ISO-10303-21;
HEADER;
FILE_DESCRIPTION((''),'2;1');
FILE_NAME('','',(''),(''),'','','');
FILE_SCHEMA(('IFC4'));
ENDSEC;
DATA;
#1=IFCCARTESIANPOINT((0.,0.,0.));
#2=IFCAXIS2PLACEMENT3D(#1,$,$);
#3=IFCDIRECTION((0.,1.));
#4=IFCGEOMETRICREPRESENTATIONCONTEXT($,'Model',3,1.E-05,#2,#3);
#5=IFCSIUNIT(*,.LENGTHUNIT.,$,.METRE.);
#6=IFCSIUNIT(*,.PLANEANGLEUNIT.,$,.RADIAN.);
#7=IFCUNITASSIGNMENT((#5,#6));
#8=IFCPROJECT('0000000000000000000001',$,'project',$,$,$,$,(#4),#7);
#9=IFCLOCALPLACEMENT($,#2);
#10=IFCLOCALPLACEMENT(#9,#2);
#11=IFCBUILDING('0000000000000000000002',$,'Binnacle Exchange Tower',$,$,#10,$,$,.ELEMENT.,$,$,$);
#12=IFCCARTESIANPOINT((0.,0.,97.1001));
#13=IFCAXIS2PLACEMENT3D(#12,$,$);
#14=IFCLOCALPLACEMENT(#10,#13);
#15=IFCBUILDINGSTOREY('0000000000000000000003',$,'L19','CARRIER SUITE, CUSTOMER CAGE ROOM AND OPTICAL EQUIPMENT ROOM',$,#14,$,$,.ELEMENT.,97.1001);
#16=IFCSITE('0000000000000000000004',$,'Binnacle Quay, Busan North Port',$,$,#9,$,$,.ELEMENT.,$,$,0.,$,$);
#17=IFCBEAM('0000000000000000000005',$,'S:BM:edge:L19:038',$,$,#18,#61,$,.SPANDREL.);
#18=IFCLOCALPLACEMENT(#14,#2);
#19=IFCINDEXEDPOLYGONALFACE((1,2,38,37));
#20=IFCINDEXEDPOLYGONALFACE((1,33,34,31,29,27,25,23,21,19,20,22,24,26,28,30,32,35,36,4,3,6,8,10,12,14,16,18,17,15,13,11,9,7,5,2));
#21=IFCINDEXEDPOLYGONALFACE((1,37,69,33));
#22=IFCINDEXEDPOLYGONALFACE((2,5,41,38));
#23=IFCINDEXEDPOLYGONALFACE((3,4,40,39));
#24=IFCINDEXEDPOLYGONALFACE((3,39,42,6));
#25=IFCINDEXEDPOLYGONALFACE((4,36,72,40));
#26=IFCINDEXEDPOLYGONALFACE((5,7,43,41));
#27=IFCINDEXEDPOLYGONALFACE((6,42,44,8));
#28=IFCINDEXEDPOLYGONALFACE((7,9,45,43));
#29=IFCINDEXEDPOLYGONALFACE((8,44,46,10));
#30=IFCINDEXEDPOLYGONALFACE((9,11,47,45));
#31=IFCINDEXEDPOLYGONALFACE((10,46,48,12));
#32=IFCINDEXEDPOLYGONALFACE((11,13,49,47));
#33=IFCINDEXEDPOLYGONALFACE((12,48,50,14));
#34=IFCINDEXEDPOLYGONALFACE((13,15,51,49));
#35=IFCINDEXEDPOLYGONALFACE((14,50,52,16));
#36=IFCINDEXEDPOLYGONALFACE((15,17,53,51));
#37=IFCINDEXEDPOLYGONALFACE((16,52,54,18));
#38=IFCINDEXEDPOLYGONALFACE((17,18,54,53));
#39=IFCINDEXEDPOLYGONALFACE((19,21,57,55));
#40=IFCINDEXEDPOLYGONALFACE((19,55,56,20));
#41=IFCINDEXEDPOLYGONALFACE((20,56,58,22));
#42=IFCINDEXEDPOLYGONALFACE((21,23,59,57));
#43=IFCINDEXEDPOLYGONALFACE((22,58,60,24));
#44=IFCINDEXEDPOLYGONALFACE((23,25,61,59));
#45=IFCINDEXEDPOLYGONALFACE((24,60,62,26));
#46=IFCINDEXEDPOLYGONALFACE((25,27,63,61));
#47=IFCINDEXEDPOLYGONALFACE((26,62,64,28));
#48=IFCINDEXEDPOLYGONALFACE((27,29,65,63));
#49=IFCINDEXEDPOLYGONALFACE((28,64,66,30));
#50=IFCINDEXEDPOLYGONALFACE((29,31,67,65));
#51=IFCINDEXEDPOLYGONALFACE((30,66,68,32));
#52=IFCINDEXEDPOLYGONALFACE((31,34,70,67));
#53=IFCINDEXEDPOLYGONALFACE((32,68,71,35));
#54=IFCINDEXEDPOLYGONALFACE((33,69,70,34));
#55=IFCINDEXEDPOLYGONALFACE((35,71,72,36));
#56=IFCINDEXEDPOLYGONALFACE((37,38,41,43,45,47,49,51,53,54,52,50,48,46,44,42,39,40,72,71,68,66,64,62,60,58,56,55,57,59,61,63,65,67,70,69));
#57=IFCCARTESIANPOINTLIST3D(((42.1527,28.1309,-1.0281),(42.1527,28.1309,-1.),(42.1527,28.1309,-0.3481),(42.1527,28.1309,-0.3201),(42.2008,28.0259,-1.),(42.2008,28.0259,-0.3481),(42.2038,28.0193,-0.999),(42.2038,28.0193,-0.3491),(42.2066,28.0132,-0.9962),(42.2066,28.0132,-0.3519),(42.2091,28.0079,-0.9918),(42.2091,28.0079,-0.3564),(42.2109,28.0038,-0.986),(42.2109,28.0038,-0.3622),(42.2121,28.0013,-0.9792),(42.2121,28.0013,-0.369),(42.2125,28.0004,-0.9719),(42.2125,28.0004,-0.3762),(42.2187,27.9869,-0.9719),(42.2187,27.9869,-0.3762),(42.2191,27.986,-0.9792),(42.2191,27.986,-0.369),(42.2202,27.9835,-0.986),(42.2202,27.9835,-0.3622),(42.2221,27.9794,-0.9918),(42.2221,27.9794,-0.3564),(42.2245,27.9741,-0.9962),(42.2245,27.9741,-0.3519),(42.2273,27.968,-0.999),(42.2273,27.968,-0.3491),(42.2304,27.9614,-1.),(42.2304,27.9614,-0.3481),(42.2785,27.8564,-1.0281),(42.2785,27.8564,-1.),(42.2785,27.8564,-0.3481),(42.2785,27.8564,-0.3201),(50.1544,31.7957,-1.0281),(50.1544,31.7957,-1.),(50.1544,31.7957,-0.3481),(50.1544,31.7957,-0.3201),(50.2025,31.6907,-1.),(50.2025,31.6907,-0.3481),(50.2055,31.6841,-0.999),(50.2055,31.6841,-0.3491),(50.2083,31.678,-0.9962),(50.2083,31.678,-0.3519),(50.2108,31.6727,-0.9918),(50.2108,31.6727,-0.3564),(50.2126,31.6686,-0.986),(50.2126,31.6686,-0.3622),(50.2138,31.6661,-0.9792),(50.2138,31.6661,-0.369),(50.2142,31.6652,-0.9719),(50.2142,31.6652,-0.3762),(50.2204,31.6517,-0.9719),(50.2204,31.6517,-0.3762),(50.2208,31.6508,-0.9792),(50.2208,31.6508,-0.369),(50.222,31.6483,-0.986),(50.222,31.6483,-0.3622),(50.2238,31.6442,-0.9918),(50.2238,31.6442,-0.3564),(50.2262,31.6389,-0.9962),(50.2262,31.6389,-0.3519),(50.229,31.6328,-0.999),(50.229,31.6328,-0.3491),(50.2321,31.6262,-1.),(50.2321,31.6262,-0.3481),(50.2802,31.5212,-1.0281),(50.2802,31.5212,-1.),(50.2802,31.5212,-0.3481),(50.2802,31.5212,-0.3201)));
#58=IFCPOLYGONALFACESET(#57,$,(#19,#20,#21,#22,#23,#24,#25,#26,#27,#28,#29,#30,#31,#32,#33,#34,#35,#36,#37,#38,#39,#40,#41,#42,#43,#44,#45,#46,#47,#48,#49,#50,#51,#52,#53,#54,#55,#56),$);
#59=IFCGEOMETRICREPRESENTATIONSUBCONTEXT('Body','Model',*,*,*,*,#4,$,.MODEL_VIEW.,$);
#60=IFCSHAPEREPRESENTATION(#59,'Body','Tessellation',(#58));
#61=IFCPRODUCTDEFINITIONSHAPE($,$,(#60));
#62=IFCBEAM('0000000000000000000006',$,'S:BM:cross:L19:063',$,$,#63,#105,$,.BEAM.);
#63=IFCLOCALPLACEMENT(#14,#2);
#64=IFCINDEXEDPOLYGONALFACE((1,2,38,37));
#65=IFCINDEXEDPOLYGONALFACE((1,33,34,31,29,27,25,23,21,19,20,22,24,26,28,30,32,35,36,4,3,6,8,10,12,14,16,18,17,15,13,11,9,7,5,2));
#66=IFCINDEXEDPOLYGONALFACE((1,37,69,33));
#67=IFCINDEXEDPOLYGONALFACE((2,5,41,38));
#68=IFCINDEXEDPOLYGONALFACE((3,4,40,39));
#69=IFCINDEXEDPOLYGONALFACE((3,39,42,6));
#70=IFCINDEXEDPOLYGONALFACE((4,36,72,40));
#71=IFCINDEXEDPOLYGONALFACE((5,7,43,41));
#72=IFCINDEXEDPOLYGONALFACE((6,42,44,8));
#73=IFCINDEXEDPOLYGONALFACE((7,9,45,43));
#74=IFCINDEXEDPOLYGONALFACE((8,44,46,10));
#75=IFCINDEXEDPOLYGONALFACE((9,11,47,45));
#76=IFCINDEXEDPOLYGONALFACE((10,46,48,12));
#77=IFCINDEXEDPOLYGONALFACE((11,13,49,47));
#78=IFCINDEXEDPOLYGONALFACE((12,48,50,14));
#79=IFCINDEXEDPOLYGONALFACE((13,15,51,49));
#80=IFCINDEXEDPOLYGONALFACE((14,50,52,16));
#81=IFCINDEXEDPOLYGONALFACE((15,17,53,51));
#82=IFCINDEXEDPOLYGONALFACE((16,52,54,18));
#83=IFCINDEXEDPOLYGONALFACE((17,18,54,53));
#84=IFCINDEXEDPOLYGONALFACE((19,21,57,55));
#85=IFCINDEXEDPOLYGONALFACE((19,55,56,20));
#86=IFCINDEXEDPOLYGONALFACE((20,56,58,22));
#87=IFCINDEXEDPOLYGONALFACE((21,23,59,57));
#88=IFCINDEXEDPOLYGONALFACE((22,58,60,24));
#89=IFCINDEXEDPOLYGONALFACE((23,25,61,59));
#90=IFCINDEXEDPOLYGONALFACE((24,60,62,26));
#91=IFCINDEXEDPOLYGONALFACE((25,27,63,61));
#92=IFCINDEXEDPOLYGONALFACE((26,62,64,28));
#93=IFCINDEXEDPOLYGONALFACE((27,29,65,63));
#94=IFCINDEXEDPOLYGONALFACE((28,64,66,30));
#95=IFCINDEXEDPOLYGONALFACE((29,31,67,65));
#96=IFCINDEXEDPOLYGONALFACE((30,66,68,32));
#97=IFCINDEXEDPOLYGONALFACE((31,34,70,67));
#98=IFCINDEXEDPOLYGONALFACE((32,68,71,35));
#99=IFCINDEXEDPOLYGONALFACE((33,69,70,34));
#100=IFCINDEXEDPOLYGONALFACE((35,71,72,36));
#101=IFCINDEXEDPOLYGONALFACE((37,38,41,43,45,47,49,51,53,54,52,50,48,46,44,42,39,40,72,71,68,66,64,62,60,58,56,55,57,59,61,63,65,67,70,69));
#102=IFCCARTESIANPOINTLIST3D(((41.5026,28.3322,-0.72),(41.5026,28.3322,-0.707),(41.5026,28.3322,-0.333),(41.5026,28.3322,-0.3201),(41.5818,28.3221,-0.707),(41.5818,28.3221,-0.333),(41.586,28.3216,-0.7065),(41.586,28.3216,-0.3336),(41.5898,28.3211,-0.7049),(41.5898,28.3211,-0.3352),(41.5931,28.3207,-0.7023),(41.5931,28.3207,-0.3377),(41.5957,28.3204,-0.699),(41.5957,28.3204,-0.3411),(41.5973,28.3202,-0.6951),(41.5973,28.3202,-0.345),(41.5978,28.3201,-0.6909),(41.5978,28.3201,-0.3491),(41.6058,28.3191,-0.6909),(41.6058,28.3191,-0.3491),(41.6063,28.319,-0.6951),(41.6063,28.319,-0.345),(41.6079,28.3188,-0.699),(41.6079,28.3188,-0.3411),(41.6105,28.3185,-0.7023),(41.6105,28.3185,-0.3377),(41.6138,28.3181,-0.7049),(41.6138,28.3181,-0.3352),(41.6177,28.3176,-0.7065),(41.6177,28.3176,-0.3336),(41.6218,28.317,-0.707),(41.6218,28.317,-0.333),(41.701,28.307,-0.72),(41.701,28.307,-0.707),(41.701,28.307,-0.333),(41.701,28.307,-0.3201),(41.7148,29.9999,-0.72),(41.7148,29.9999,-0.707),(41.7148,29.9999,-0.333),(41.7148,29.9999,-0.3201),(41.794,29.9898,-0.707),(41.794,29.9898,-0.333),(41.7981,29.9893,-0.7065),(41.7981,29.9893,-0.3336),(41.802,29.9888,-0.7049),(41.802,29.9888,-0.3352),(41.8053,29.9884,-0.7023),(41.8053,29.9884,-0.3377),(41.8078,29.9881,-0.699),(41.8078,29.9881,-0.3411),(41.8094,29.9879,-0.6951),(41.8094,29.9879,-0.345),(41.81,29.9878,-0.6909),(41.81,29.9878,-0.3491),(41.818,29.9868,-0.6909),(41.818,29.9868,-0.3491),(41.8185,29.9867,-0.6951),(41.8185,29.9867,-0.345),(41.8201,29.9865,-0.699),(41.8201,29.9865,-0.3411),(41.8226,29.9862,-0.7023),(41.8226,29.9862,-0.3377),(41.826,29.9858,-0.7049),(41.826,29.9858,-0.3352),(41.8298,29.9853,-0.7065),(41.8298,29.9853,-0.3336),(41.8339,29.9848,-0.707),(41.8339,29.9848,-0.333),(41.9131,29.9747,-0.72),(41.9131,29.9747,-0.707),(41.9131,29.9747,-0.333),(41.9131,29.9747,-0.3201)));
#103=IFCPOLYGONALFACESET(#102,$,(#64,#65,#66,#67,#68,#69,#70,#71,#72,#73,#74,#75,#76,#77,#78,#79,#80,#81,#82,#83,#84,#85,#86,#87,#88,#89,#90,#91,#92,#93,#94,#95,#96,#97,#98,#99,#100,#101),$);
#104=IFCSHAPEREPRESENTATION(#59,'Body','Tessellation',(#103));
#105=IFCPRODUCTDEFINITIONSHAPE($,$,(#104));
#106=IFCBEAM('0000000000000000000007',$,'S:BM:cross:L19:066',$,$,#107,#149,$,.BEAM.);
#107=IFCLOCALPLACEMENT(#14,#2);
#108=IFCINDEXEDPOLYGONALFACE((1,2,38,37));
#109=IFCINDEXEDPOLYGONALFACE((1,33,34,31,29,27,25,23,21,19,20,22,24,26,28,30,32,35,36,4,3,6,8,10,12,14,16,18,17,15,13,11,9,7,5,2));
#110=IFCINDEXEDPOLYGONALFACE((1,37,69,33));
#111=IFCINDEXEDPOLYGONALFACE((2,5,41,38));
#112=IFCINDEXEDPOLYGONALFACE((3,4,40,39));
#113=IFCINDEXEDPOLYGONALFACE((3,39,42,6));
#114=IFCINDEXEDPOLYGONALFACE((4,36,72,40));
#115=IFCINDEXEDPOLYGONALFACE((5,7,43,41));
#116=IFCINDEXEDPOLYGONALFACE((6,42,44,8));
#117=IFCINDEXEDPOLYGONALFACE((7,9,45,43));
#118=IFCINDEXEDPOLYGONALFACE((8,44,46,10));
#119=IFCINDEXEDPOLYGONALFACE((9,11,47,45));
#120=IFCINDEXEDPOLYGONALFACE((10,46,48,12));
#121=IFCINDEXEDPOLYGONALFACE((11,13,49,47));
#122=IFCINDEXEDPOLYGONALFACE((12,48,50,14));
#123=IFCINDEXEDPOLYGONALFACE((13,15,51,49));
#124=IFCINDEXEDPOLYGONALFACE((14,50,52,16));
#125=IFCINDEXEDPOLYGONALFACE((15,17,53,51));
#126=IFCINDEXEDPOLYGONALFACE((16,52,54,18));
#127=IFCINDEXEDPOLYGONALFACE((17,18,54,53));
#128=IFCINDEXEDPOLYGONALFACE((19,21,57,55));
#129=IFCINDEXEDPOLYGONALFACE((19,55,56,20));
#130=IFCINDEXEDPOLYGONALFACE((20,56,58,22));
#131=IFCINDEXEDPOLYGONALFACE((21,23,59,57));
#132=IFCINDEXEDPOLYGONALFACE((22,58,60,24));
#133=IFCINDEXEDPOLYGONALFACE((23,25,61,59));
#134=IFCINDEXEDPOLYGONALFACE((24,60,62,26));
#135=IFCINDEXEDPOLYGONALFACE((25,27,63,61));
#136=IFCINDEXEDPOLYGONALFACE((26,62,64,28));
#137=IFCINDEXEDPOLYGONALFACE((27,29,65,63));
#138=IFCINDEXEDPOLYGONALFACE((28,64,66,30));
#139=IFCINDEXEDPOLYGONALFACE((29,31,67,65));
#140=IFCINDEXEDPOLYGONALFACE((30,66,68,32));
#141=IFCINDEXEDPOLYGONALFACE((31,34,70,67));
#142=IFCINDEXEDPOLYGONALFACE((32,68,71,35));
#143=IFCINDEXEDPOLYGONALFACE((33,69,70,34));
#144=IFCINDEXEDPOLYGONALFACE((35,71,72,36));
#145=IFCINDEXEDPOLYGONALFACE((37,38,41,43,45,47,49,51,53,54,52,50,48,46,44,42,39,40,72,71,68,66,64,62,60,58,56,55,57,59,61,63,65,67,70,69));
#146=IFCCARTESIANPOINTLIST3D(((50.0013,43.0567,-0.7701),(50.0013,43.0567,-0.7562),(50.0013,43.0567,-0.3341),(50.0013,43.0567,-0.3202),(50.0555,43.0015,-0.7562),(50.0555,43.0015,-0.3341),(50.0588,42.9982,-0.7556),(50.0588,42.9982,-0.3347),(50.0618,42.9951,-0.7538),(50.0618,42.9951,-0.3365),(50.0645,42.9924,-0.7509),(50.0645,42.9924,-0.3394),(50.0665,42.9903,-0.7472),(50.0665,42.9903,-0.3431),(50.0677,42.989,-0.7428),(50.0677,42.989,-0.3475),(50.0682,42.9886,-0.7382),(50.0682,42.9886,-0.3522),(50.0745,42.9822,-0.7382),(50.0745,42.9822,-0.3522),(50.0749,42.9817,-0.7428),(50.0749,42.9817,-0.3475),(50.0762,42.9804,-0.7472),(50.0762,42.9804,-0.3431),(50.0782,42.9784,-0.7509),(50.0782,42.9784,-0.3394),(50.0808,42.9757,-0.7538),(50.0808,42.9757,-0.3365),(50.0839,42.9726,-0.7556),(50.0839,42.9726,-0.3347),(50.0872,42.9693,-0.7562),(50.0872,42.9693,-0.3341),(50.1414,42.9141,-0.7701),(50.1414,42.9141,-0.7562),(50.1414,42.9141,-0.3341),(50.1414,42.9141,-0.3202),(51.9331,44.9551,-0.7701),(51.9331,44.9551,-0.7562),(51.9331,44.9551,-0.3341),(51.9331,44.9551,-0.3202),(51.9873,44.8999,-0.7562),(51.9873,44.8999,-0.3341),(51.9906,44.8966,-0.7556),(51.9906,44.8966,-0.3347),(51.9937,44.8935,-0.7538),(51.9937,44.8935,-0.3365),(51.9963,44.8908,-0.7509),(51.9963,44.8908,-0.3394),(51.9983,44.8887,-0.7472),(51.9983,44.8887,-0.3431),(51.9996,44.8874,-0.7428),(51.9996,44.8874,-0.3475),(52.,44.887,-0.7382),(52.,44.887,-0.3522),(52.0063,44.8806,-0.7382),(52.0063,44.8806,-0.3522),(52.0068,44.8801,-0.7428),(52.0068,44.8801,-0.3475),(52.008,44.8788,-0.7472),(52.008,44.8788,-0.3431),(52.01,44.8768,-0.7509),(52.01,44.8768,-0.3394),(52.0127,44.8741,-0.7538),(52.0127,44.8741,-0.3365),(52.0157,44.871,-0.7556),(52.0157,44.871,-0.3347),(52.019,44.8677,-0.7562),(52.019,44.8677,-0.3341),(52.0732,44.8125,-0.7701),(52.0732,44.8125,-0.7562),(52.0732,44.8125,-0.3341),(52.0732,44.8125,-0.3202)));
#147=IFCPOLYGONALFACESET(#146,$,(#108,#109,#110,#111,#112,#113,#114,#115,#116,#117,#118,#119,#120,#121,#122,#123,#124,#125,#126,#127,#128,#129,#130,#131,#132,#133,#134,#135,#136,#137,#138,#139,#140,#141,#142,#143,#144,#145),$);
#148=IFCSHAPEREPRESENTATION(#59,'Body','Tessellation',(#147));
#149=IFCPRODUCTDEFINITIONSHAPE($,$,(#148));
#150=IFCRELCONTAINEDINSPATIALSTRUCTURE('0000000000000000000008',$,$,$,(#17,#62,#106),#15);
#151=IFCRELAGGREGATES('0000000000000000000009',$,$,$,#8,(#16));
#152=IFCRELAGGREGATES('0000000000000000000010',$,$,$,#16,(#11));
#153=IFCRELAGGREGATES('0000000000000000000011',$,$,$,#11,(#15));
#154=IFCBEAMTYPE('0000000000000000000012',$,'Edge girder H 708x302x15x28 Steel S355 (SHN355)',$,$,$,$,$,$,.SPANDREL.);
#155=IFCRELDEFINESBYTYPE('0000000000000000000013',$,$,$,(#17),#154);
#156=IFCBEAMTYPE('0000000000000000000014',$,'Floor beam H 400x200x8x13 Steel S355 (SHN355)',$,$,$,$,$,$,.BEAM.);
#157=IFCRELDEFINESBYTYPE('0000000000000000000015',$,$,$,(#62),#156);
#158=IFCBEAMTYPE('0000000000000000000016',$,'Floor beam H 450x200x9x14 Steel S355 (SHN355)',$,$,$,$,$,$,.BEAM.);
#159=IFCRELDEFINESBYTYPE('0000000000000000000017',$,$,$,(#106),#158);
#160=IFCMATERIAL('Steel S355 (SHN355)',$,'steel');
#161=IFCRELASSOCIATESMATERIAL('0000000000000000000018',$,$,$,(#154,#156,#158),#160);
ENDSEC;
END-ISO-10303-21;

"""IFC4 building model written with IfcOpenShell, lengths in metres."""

from ifc_helpers import new_model, si_unit, direction, frame, origin, origin_2d, place, context, subcontext, project, spatial, i_section, extrude, material, material_profile, profile_set, type_object, element, save


model = new_model("IFC4")

# Units and contexts
model_context = context("Model", 3, precision=1e-05, world=origin(), true_north=direction((0.0, 1.0)))
body_context = subcontext(model_context, "Body", "Model", "MODEL_VIEW")
ifc_project = project(units=[si_unit("LENGTHUNIT", "METRE"), si_unit("PLANEANGLEUNIT", "RADIAN")], contexts=[model_context])

# Site, building, storey
site_placement = place(None, origin())
site = spatial("IfcSite", under=ifc_project, at=site_placement, Name="Binnacle Quay, Busan North Port", CompositionType="ELEMENT", RefElevation=0.0)
building_placement = place(site_placement, origin())
building = spatial("IfcBuilding", under=site, at=building_placement, Name="Binnacle Exchange Tower", CompositionType="ELEMENT")
storey_placement = place(building_placement, frame((0.0, 0.0, 97.1001)))
storey = spatial("IfcBuildingStorey", under=building, at=storey_placement, Name="L19", Description="CARRIER SUITE, CUSTOMER CAGE ROOM AND OPTICAL EQUIPMENT ROOM", CompositionType="ELEMENT", Elevation=97.1001)

# Beams
ifc_material_1 = material(Name="Steel S355 (SHN355)", Category="steel")
ifc_material_profile_1 = material_profile(ifc_material_1, i_section(OverallWidth=0.302, OverallDepth=0.708, WebThickness=0.0149, FlangeThickness=0.0281, FilletRadius=0.0281, at=origin_2d()), Name="H 708x302x15x28")
ifc_profile_set_1 = profile_set([ifc_material_profile_1], Name="Steel S355 (SHN355)")
beam_type_1 = type_object("IfcBeamType", Name="Edge girder H 708x302x15x28 Steel S355 (SHN355)", PredefinedType="SPANDREL", material=ifc_profile_set_1)
beam_1_placement = place(storey_placement, frame((42.2156, 27.9937, -0.6741), z_axis=(0.909179, 0.416405, 0.0), x_axis=(-0.416405, 0.909179, 0.0)))
element("IfcBeam", 1, at=beam_1_placement, inside=storey, type_object=beam_type_1, Name="S:BM:edge:L19:038", PredefinedType="SPANDREL", context=body_context, shape_type="SweptSolid", body=[
    extrude(i_section(OverallWidth=0.302, OverallDepth=0.708, WebThickness=0.0149, FlangeThickness=0.0281, FilletRadius=0.0281, at=origin_2d()), origin(), (0.0, 0.0, 1.0), 8.801),
])
ifc_material_profile_2 = material_profile(ifc_material_1, i_section(OverallWidth=0.2, OverallDepth=0.3999, WebThickness=0.0081, FlangeThickness=0.0129, FilletRadius=0.0161, at=origin_2d()), Name="H 400x200x8x13")
ifc_profile_set_2 = profile_set([ifc_material_profile_2], Name="Steel S355 (SHN355)")
beam_type_2 = type_object("IfcBeamType", Name="Floor beam H 400x200x8x13 Steel S355 (SHN355)", PredefinedType="BEAM", material=ifc_profile_set_2)
beam_2_placement = place(storey_placement, frame((41.6018, 28.3196, -0.52), z_axis=(0.126197, 0.992005, 0.0), x_axis=(-0.992005, 0.126197, 0.0)))
element("IfcBeam", 2, at=beam_2_placement, inside=storey, type_object=beam_type_2, Name="S:BM:cross:L19:063", PredefinedType="BEAM", context=body_context, shape_type="SweptSolid", body=[
    extrude(i_section(OverallWidth=0.2, OverallDepth=0.3999, WebThickness=0.0081, FlangeThickness=0.0129, FilletRadius=0.0161, at=origin_2d()), origin(), (0.0, 0.0, 1.0), 1.6812),
])
ifc_material_profile_3 = material_profile(ifc_material_1, i_section(OverallWidth=0.2, OverallDepth=0.45, WebThickness=0.009, FlangeThickness=0.0139, FilletRadius=0.0181, at=origin_2d()), Name="H 450x200x9x14")
ifc_profile_set_3 = profile_set([ifc_material_profile_3], Name="Steel S355 (SHN355)")
beam_type_3 = type_object("IfcBeamType", Name="Floor beam H 450x200x9x14 Steel S355 (SHN355)", PredefinedType="BEAM", material=ifc_profile_set_3)
beam_3_placement = place(storey_placement, frame((52.0032, 44.8838, -0.5452), z_axis=(-0.713254, -0.700905, 0.0), x_axis=(0.700905, -0.713254, 0.0)))
element("IfcBeam", 3, at=beam_3_placement, inside=storey, type_object=beam_type_3, Name="S:BM:cross:L19:066", PredefinedType="BEAM", context=body_context, shape_type="SweptSolid", body=[
    extrude(i_section(OverallWidth=0.2, OverallDepth=0.45, WebThickness=0.009, FlangeThickness=0.0139, FilletRadius=0.0181, at=origin_2d()), origin(), (0.0, 0.0, 1.0), 2.7085),
])

save(model, "model.ifc")
